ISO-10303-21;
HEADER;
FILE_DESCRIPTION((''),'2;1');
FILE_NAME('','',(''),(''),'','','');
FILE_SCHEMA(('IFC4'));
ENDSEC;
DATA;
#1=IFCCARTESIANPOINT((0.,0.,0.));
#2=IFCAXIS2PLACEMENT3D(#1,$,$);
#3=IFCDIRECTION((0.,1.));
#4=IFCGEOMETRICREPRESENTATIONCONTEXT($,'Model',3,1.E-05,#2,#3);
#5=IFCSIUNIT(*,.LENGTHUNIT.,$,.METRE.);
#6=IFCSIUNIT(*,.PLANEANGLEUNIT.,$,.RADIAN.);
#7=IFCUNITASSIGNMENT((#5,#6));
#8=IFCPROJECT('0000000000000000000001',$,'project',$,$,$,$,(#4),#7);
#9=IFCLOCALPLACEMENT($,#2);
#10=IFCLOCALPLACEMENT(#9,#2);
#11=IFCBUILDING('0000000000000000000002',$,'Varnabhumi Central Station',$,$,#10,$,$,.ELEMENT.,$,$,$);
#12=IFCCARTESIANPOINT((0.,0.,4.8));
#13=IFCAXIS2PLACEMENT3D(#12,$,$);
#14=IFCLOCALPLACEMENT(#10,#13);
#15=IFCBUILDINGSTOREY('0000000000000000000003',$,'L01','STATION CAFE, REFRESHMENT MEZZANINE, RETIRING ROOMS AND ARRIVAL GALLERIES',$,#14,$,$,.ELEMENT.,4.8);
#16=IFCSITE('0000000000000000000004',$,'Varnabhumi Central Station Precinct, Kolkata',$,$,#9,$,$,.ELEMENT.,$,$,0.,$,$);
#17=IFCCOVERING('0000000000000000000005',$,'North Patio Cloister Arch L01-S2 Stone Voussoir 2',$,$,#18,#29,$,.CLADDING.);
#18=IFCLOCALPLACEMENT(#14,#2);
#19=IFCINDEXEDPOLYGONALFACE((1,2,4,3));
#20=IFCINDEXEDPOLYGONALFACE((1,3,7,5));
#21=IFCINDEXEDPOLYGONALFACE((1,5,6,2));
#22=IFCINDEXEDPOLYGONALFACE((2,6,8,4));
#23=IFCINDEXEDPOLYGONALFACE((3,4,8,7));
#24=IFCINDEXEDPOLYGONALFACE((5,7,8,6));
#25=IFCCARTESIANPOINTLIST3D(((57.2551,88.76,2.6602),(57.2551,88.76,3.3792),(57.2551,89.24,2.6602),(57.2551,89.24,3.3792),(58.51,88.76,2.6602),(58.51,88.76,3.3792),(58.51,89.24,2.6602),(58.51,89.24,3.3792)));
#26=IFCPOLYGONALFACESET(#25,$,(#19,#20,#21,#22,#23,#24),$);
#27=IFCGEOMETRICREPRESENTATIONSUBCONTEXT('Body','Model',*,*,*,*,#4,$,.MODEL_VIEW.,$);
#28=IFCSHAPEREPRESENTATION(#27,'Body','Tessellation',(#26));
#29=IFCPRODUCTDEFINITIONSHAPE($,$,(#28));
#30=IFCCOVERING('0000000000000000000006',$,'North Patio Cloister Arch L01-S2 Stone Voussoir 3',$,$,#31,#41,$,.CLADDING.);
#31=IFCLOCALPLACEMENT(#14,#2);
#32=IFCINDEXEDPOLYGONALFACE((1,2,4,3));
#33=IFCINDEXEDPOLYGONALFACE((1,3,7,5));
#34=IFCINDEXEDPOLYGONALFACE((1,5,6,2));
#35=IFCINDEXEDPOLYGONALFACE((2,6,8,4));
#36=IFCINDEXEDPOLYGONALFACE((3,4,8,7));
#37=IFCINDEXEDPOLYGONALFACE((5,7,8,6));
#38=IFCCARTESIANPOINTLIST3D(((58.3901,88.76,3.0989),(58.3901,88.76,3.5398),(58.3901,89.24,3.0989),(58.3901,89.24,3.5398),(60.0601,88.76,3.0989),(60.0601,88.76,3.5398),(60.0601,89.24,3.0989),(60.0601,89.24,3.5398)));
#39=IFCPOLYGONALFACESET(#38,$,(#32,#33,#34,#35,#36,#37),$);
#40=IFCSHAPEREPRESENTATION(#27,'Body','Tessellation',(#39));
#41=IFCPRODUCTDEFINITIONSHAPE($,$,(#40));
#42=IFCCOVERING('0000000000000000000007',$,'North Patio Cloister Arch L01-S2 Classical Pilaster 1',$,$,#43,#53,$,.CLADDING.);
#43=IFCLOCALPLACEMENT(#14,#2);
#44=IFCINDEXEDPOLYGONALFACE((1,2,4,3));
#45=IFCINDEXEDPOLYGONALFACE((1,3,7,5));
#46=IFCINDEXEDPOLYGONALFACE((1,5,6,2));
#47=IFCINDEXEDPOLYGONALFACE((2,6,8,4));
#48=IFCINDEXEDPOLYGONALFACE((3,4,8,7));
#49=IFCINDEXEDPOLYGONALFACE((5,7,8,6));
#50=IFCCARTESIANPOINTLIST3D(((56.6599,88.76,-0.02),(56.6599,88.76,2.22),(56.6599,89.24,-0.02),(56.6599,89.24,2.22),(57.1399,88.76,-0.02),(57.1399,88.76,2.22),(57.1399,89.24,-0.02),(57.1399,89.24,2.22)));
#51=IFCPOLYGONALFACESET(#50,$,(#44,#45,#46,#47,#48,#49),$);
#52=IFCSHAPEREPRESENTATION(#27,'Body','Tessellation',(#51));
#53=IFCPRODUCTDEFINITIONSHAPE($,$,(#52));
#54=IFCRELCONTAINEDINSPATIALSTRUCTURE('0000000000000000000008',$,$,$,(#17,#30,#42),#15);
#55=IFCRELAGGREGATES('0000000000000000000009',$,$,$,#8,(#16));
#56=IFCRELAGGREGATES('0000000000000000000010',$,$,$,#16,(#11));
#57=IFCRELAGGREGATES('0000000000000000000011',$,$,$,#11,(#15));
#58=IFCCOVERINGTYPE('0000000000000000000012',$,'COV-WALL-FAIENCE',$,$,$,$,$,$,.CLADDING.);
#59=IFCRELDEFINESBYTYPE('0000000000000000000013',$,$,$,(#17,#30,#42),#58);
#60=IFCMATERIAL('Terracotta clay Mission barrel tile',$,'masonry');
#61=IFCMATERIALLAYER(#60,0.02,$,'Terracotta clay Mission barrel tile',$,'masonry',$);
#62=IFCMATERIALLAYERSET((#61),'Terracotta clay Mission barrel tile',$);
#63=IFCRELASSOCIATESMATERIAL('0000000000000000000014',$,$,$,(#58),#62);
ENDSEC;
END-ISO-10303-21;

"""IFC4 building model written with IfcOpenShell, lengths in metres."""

from ifc_helpers import new_model, si_unit, direction, frame, origin, origin_2d, place, context, subcontext, project, spatial, rectangle, extrude, material, layer, layer_set, type_object, element, save


model = new_model("IFC4")

# Units and contexts
model_context = context("Model", 3, precision=1e-05, world=origin(), true_north=direction((0.0, 1.0)))
body_context = subcontext(model_context, "Body", "Model", "MODEL_VIEW")
ifc_project = project(units=[si_unit("LENGTHUNIT", "METRE"), si_unit("PLANEANGLEUNIT", "RADIAN")], contexts=[model_context])

# Site, building, storey
site_placement = place(None, origin())
site = spatial("IfcSite", under=ifc_project, at=site_placement, Name="Varnabhumi Central Station Precinct, Kolkata", CompositionType="ELEMENT", RefElevation=0.0)
building_placement = place(site_placement, origin())
building = spatial("IfcBuilding", under=site, at=building_placement, Name="Varnabhumi Central Station", CompositionType="ELEMENT")
storey_placement = place(building_placement, frame((0.0, 0.0, 4.8)))
storey = spatial("IfcBuildingStorey", under=building, at=storey_placement, Name="L01", Description="STATION CAFE, REFRESHMENT MEZZANINE, RETIRING ROOMS AND ARRIVAL GALLERIES", CompositionType="ELEMENT", Elevation=4.8)

# Coverings
ifc_material_1 = material(Name="Terracotta clay Mission barrel tile", Category="masonry")
ifc_layer_1 = layer(ifc_material_1, 0.02, Name="Terracotta clay Mission barrel tile", Category="masonry")
ifc_layer_set_1 = layer_set([ifc_layer_1], Name="Terracotta clay Mission barrel tile")
covering_type = type_object("IfcCoveringType", Name="COV-WALL-FAIENCE", PredefinedType="CLADDING", material=ifc_layer_set_1)
covering_1_placement = place(storey_placement, frame((57.8826, 89.0, 2.6602), z_axis=(0.0, 0.0, 1.0), x_axis=(1.0, 0.0, 0.0)))
element("IfcCovering", 1, at=covering_1_placement, inside=storey, type_object=covering_type, Name="North Patio Cloister Arch L01-S2 Stone Voussoir 2", PredefinedType="CLADDING", context=body_context, shape_type="SweptSolid", body=[
    extrude(rectangle(XDim=1.2549, YDim=0.48, at=origin_2d()), origin(), (0.0, 0.0, 1.0), 0.719),
])
covering_2_placement = place(storey_placement, frame((59.2251, 89.0, 3.0989), z_axis=(0.0, 0.0, 1.0), x_axis=(1.0, 0.0, 0.0)))
element("IfcCovering", 2, at=covering_2_placement, inside=storey, type_object=covering_type, Name="North Patio Cloister Arch L01-S2 Stone Voussoir 3", PredefinedType="CLADDING", context=body_context, shape_type="SweptSolid", body=[
    extrude(rectangle(XDim=1.6699, YDim=0.48, at=origin_2d()), origin(), (0.0, 0.0, 1.0), 0.4409),
])
covering_3_placement = place(storey_placement, frame((56.8999, 89.0, -0.02), z_axis=(0.0, 0.0, 1.0), x_axis=(1.0, 0.0, 0.0)))
element("IfcCovering", 3, at=covering_3_placement, inside=storey, type_object=covering_type, Name="North Patio Cloister Arch L01-S2 Classical Pilaster 1", PredefinedType="CLADDING", context=body_context, shape_type="SweptSolid", body=[
    extrude(rectangle(XDim=0.48, YDim=0.48, at=origin_2d()), origin(), (0.0, 0.0, 1.0), 2.24),
])

save(model, "model.ifc")
